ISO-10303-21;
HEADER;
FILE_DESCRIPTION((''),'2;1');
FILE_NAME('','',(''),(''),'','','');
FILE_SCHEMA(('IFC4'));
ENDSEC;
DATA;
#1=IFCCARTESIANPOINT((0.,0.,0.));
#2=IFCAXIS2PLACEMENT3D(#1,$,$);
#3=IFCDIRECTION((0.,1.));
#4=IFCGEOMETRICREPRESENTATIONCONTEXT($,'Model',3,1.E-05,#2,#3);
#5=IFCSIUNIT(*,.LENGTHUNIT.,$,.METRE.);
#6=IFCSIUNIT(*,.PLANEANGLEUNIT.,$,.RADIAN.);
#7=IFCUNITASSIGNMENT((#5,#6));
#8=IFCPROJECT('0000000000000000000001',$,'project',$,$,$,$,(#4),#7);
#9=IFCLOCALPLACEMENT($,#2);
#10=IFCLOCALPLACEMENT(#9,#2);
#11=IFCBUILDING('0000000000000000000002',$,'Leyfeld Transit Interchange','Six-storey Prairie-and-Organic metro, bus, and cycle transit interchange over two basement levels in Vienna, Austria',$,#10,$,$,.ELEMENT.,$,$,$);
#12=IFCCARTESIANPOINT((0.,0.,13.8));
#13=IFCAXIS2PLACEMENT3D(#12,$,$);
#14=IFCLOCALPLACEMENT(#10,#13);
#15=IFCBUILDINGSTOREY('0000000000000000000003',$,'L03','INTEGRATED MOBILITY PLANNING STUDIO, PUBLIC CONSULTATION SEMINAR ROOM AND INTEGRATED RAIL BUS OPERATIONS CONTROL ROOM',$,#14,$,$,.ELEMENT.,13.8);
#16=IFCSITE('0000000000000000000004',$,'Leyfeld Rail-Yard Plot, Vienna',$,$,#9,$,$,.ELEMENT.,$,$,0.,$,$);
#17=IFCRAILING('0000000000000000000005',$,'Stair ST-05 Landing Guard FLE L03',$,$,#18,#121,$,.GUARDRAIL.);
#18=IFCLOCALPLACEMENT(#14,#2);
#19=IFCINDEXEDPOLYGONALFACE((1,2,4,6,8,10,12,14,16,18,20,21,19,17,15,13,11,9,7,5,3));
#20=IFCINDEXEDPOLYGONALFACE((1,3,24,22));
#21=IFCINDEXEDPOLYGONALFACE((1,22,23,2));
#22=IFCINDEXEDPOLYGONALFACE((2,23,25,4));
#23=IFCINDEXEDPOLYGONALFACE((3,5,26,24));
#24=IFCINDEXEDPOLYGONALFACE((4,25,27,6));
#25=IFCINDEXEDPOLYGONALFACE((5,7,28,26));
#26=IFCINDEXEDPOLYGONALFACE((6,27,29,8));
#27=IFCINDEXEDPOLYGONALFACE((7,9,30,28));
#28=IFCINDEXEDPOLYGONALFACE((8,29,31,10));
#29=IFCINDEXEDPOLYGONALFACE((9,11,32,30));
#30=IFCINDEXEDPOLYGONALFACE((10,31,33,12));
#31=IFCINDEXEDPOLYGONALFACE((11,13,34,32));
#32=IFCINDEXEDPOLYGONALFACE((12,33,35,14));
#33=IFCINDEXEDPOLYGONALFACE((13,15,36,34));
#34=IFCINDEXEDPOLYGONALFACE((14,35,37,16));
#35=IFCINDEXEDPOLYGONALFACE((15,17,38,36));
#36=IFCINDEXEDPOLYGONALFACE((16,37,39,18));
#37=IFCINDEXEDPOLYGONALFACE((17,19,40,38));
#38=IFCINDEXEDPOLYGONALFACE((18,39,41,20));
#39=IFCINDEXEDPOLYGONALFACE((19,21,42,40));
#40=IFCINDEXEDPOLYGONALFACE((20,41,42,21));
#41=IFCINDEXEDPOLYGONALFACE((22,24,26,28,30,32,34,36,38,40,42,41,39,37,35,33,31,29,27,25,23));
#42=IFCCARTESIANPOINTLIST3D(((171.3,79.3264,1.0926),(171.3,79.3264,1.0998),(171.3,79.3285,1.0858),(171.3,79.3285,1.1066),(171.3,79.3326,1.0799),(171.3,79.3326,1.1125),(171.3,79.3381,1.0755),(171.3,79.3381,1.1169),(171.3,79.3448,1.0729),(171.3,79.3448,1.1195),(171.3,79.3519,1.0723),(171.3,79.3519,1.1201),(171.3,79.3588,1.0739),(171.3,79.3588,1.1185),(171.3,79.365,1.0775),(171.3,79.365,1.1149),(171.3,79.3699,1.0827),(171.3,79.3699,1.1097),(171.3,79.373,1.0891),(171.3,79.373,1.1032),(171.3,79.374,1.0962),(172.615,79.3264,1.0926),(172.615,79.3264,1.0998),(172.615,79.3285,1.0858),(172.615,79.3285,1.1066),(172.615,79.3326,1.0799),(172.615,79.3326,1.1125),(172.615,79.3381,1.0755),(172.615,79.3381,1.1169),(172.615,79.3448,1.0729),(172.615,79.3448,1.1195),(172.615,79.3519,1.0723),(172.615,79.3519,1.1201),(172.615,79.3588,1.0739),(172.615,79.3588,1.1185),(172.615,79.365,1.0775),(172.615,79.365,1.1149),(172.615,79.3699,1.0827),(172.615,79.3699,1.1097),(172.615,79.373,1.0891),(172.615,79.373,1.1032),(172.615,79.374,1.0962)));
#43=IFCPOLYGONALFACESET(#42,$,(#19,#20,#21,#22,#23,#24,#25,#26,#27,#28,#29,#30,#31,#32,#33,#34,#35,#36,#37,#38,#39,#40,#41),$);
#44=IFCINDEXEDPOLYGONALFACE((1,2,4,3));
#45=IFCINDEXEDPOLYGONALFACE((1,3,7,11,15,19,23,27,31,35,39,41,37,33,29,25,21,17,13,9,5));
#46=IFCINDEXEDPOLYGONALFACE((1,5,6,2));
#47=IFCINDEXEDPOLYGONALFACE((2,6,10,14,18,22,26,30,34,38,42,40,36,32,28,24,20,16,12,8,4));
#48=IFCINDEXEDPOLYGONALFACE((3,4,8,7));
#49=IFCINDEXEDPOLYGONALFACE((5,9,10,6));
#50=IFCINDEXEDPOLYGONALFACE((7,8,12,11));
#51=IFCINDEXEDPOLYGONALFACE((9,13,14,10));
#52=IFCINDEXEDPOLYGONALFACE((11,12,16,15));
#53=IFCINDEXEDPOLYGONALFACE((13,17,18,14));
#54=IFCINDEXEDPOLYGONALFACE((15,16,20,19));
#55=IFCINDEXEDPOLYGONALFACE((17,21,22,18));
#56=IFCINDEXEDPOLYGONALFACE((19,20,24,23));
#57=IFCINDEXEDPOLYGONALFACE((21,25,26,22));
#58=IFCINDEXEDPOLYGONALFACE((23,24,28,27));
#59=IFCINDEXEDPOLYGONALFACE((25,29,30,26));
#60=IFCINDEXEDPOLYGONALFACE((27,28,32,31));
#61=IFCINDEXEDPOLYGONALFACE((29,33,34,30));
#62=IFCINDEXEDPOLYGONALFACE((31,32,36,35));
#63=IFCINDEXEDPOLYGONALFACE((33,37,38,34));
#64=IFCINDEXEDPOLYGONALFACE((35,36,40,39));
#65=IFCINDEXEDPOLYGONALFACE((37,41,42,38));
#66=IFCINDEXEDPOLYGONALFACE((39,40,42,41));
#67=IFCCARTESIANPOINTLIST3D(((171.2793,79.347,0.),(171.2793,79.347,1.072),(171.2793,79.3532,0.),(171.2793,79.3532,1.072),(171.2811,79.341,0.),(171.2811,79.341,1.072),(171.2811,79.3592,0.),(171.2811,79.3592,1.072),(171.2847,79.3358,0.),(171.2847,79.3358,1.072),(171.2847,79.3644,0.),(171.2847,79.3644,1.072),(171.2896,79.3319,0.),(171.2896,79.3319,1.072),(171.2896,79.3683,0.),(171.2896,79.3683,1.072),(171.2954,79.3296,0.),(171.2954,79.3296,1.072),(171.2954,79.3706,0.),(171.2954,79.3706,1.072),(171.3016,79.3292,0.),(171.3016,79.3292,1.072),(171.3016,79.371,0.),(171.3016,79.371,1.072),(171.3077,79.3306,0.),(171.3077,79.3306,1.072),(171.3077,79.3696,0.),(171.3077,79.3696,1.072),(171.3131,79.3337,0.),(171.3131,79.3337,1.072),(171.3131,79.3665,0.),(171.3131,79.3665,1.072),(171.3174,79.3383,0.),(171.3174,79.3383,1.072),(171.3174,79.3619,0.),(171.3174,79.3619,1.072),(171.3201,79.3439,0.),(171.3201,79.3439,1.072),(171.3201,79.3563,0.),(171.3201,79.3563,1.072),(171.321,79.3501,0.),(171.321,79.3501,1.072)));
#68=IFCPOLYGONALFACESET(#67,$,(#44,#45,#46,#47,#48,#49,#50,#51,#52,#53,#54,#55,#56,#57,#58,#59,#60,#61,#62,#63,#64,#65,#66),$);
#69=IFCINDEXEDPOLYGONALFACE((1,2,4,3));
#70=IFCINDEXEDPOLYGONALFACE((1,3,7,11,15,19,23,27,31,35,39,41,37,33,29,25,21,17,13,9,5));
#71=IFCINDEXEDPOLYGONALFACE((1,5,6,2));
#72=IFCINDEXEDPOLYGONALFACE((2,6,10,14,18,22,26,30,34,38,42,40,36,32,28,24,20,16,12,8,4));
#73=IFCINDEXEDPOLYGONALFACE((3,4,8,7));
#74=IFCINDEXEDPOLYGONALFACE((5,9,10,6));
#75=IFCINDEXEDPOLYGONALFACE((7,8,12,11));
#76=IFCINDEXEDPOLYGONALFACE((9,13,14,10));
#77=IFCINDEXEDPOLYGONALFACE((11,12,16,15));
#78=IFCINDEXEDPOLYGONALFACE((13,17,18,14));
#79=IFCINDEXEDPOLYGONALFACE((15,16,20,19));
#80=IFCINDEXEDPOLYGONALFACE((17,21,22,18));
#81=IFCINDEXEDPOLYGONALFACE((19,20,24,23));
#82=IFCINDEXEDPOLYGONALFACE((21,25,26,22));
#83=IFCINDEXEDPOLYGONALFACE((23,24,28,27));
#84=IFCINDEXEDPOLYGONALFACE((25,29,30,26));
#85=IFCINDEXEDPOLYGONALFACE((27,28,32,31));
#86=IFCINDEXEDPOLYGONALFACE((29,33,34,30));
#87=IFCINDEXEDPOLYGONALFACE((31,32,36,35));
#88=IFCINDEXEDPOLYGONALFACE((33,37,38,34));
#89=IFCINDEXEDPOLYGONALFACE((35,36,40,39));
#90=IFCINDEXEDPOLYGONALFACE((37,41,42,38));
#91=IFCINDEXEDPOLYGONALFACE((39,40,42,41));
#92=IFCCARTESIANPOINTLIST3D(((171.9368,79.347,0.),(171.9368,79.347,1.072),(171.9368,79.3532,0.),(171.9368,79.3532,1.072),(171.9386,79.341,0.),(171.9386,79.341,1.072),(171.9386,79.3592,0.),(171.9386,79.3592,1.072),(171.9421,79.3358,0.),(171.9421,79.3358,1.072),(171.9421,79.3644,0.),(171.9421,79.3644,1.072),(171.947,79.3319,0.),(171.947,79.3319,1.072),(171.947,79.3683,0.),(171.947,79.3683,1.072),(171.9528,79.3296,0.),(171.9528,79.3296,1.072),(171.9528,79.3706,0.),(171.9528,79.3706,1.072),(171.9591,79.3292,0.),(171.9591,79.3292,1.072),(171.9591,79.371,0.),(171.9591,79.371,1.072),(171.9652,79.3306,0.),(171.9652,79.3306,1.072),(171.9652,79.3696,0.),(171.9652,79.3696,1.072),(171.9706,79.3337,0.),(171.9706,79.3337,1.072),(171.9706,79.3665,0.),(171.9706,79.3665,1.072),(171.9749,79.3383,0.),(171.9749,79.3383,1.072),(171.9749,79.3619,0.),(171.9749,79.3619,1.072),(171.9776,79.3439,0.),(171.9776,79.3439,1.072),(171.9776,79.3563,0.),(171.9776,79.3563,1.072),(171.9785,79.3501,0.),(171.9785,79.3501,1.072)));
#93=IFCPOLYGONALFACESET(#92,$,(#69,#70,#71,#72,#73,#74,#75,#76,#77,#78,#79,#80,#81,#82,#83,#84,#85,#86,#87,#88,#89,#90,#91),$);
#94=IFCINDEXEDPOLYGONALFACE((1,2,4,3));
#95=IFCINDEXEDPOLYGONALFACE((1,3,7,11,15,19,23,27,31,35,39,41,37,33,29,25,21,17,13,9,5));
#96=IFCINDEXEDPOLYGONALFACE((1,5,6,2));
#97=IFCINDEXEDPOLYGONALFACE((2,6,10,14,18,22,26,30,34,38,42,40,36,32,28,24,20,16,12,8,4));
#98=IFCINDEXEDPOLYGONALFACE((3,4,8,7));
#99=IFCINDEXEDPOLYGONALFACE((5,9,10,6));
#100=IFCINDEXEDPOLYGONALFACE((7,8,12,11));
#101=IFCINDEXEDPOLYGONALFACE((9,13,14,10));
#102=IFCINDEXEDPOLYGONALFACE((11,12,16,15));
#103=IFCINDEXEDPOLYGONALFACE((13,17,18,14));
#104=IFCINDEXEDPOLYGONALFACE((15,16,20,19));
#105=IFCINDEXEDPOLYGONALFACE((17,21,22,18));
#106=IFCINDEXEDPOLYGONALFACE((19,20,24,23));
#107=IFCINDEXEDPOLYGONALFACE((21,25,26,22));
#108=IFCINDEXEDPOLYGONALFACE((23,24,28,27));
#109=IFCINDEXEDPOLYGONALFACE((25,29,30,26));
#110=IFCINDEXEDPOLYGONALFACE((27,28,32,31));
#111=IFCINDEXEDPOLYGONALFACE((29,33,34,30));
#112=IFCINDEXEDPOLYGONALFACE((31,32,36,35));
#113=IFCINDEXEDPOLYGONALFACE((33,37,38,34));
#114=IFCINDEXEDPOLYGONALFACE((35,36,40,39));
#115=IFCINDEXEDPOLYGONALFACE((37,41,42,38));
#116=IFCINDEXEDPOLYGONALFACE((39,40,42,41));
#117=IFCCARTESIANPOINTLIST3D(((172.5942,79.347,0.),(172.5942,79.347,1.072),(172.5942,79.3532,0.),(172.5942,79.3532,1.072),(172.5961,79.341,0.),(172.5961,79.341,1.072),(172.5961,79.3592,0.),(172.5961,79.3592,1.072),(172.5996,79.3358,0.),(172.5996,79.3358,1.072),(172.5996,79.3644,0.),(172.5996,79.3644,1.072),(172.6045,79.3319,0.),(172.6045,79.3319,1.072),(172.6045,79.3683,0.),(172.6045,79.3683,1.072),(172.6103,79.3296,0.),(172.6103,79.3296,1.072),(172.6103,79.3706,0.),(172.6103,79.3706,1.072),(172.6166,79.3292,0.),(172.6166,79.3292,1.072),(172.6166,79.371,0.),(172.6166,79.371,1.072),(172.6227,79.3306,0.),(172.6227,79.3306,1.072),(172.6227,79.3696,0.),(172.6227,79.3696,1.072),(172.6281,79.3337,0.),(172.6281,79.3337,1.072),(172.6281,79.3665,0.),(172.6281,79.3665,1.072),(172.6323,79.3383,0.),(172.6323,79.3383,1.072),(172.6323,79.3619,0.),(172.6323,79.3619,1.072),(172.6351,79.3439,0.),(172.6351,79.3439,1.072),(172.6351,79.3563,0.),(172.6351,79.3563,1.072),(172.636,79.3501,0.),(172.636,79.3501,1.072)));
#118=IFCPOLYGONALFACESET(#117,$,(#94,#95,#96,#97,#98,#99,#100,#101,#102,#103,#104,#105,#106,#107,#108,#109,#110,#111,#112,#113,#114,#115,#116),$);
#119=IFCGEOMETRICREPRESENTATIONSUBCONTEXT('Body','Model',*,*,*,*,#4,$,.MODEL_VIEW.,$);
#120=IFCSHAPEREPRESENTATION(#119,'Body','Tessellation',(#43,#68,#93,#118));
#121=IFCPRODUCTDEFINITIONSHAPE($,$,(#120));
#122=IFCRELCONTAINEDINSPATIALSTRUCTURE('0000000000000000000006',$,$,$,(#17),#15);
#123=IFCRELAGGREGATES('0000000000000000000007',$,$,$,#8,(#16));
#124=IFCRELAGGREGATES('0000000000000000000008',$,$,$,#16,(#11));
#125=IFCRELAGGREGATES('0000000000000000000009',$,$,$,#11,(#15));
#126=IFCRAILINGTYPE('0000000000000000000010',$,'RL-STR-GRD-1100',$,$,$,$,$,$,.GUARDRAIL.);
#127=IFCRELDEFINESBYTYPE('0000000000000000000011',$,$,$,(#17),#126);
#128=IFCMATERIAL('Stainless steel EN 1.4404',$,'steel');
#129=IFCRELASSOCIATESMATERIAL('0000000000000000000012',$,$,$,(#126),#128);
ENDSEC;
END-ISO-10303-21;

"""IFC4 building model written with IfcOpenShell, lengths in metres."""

from ifc_helpers import new_model, si_unit, direction, frame, origin, origin_2d, place, context, subcontext, project, spatial, circle, extrude, material, type_object, element, save


model = new_model("IFC4")

# Units and contexts
model_context = context("Model", 3, precision=1e-05, world=origin(), true_north=direction((0.0, 1.0)))
body_context = subcontext(model_context, "Body", "Model", "MODEL_VIEW")
ifc_project = project(units=[si_unit("LENGTHUNIT", "METRE"), si_unit("PLANEANGLEUNIT", "RADIAN")], contexts=[model_context])

# Site, building, storey
site_placement = place(None, origin())
site = spatial("IfcSite", under=ifc_project, at=site_placement, Name="Leyfeld Rail-Yard Plot, Vienna", CompositionType="ELEMENT", RefElevation=0.0)
building_placement = place(site_placement, origin())
building = spatial("IfcBuilding", under=site, at=building_placement, Name="Leyfeld Transit Interchange", Description="Six-storey Prairie-and-Organic metro, bus, and cycle transit interchange over two basement levels in Vienna, Austria", CompositionType="ELEMENT")
storey_placement = place(building_placement, frame((0.0, 0.0, 13.8)))
storey = spatial("IfcBuildingStorey", under=building, at=storey_placement, Name="L03", Description="INTEGRATED MOBILITY PLANNING STUDIO, PUBLIC CONSULTATION SEMINAR ROOM AND INTEGRATED RAIL BUS OPERATIONS CONTROL ROOM", CompositionType="ELEMENT", Elevation=13.8)

# Railing
ifc_material_1 = material(Name="Stainless steel EN 1.4404", Category="steel")
railing_type_1 = type_object("IfcRailingType", Name="RL-STR-GRD-1100", PredefinedType="GUARDRAIL", material=ifc_material_1)
railing_1_placement = place(storey_placement, frame((171.3, 79.3501, 0.0)))
element("IfcRailing", 1, at=railing_1_placement, inside=storey, type_object=railing_type_1, Name="Stair ST-05 Landing Guard FLE L03", PredefinedType="GUARDRAIL", context=body_context, shape_type="SweptSolid", body=[
    extrude(circle(Radius=0.0239, at=origin_2d()), frame((0.0, 0.0, 1.0962), z_axis=(1.0, 0.0, 0.0), x_axis=(0.0, 1.0, 0.0)), (0.0, 0.0, 1.0), 1.3149),
    extrude(circle(Radius=0.021, at=origin_2d()), origin(), (0.0, 0.0, 1.0), 1.072),
    extrude(circle(Radius=0.021, at=origin_2d()), frame((0.6575, 0.0, 0.0)), (0.0, 0.0, 1.0), 1.072),
    extrude(circle(Radius=0.021, at=origin_2d()), frame((1.3149, 0.0, 0.0)), (0.0, 0.0, 1.0), 1.072),
])

save(model, "model.ifc")
